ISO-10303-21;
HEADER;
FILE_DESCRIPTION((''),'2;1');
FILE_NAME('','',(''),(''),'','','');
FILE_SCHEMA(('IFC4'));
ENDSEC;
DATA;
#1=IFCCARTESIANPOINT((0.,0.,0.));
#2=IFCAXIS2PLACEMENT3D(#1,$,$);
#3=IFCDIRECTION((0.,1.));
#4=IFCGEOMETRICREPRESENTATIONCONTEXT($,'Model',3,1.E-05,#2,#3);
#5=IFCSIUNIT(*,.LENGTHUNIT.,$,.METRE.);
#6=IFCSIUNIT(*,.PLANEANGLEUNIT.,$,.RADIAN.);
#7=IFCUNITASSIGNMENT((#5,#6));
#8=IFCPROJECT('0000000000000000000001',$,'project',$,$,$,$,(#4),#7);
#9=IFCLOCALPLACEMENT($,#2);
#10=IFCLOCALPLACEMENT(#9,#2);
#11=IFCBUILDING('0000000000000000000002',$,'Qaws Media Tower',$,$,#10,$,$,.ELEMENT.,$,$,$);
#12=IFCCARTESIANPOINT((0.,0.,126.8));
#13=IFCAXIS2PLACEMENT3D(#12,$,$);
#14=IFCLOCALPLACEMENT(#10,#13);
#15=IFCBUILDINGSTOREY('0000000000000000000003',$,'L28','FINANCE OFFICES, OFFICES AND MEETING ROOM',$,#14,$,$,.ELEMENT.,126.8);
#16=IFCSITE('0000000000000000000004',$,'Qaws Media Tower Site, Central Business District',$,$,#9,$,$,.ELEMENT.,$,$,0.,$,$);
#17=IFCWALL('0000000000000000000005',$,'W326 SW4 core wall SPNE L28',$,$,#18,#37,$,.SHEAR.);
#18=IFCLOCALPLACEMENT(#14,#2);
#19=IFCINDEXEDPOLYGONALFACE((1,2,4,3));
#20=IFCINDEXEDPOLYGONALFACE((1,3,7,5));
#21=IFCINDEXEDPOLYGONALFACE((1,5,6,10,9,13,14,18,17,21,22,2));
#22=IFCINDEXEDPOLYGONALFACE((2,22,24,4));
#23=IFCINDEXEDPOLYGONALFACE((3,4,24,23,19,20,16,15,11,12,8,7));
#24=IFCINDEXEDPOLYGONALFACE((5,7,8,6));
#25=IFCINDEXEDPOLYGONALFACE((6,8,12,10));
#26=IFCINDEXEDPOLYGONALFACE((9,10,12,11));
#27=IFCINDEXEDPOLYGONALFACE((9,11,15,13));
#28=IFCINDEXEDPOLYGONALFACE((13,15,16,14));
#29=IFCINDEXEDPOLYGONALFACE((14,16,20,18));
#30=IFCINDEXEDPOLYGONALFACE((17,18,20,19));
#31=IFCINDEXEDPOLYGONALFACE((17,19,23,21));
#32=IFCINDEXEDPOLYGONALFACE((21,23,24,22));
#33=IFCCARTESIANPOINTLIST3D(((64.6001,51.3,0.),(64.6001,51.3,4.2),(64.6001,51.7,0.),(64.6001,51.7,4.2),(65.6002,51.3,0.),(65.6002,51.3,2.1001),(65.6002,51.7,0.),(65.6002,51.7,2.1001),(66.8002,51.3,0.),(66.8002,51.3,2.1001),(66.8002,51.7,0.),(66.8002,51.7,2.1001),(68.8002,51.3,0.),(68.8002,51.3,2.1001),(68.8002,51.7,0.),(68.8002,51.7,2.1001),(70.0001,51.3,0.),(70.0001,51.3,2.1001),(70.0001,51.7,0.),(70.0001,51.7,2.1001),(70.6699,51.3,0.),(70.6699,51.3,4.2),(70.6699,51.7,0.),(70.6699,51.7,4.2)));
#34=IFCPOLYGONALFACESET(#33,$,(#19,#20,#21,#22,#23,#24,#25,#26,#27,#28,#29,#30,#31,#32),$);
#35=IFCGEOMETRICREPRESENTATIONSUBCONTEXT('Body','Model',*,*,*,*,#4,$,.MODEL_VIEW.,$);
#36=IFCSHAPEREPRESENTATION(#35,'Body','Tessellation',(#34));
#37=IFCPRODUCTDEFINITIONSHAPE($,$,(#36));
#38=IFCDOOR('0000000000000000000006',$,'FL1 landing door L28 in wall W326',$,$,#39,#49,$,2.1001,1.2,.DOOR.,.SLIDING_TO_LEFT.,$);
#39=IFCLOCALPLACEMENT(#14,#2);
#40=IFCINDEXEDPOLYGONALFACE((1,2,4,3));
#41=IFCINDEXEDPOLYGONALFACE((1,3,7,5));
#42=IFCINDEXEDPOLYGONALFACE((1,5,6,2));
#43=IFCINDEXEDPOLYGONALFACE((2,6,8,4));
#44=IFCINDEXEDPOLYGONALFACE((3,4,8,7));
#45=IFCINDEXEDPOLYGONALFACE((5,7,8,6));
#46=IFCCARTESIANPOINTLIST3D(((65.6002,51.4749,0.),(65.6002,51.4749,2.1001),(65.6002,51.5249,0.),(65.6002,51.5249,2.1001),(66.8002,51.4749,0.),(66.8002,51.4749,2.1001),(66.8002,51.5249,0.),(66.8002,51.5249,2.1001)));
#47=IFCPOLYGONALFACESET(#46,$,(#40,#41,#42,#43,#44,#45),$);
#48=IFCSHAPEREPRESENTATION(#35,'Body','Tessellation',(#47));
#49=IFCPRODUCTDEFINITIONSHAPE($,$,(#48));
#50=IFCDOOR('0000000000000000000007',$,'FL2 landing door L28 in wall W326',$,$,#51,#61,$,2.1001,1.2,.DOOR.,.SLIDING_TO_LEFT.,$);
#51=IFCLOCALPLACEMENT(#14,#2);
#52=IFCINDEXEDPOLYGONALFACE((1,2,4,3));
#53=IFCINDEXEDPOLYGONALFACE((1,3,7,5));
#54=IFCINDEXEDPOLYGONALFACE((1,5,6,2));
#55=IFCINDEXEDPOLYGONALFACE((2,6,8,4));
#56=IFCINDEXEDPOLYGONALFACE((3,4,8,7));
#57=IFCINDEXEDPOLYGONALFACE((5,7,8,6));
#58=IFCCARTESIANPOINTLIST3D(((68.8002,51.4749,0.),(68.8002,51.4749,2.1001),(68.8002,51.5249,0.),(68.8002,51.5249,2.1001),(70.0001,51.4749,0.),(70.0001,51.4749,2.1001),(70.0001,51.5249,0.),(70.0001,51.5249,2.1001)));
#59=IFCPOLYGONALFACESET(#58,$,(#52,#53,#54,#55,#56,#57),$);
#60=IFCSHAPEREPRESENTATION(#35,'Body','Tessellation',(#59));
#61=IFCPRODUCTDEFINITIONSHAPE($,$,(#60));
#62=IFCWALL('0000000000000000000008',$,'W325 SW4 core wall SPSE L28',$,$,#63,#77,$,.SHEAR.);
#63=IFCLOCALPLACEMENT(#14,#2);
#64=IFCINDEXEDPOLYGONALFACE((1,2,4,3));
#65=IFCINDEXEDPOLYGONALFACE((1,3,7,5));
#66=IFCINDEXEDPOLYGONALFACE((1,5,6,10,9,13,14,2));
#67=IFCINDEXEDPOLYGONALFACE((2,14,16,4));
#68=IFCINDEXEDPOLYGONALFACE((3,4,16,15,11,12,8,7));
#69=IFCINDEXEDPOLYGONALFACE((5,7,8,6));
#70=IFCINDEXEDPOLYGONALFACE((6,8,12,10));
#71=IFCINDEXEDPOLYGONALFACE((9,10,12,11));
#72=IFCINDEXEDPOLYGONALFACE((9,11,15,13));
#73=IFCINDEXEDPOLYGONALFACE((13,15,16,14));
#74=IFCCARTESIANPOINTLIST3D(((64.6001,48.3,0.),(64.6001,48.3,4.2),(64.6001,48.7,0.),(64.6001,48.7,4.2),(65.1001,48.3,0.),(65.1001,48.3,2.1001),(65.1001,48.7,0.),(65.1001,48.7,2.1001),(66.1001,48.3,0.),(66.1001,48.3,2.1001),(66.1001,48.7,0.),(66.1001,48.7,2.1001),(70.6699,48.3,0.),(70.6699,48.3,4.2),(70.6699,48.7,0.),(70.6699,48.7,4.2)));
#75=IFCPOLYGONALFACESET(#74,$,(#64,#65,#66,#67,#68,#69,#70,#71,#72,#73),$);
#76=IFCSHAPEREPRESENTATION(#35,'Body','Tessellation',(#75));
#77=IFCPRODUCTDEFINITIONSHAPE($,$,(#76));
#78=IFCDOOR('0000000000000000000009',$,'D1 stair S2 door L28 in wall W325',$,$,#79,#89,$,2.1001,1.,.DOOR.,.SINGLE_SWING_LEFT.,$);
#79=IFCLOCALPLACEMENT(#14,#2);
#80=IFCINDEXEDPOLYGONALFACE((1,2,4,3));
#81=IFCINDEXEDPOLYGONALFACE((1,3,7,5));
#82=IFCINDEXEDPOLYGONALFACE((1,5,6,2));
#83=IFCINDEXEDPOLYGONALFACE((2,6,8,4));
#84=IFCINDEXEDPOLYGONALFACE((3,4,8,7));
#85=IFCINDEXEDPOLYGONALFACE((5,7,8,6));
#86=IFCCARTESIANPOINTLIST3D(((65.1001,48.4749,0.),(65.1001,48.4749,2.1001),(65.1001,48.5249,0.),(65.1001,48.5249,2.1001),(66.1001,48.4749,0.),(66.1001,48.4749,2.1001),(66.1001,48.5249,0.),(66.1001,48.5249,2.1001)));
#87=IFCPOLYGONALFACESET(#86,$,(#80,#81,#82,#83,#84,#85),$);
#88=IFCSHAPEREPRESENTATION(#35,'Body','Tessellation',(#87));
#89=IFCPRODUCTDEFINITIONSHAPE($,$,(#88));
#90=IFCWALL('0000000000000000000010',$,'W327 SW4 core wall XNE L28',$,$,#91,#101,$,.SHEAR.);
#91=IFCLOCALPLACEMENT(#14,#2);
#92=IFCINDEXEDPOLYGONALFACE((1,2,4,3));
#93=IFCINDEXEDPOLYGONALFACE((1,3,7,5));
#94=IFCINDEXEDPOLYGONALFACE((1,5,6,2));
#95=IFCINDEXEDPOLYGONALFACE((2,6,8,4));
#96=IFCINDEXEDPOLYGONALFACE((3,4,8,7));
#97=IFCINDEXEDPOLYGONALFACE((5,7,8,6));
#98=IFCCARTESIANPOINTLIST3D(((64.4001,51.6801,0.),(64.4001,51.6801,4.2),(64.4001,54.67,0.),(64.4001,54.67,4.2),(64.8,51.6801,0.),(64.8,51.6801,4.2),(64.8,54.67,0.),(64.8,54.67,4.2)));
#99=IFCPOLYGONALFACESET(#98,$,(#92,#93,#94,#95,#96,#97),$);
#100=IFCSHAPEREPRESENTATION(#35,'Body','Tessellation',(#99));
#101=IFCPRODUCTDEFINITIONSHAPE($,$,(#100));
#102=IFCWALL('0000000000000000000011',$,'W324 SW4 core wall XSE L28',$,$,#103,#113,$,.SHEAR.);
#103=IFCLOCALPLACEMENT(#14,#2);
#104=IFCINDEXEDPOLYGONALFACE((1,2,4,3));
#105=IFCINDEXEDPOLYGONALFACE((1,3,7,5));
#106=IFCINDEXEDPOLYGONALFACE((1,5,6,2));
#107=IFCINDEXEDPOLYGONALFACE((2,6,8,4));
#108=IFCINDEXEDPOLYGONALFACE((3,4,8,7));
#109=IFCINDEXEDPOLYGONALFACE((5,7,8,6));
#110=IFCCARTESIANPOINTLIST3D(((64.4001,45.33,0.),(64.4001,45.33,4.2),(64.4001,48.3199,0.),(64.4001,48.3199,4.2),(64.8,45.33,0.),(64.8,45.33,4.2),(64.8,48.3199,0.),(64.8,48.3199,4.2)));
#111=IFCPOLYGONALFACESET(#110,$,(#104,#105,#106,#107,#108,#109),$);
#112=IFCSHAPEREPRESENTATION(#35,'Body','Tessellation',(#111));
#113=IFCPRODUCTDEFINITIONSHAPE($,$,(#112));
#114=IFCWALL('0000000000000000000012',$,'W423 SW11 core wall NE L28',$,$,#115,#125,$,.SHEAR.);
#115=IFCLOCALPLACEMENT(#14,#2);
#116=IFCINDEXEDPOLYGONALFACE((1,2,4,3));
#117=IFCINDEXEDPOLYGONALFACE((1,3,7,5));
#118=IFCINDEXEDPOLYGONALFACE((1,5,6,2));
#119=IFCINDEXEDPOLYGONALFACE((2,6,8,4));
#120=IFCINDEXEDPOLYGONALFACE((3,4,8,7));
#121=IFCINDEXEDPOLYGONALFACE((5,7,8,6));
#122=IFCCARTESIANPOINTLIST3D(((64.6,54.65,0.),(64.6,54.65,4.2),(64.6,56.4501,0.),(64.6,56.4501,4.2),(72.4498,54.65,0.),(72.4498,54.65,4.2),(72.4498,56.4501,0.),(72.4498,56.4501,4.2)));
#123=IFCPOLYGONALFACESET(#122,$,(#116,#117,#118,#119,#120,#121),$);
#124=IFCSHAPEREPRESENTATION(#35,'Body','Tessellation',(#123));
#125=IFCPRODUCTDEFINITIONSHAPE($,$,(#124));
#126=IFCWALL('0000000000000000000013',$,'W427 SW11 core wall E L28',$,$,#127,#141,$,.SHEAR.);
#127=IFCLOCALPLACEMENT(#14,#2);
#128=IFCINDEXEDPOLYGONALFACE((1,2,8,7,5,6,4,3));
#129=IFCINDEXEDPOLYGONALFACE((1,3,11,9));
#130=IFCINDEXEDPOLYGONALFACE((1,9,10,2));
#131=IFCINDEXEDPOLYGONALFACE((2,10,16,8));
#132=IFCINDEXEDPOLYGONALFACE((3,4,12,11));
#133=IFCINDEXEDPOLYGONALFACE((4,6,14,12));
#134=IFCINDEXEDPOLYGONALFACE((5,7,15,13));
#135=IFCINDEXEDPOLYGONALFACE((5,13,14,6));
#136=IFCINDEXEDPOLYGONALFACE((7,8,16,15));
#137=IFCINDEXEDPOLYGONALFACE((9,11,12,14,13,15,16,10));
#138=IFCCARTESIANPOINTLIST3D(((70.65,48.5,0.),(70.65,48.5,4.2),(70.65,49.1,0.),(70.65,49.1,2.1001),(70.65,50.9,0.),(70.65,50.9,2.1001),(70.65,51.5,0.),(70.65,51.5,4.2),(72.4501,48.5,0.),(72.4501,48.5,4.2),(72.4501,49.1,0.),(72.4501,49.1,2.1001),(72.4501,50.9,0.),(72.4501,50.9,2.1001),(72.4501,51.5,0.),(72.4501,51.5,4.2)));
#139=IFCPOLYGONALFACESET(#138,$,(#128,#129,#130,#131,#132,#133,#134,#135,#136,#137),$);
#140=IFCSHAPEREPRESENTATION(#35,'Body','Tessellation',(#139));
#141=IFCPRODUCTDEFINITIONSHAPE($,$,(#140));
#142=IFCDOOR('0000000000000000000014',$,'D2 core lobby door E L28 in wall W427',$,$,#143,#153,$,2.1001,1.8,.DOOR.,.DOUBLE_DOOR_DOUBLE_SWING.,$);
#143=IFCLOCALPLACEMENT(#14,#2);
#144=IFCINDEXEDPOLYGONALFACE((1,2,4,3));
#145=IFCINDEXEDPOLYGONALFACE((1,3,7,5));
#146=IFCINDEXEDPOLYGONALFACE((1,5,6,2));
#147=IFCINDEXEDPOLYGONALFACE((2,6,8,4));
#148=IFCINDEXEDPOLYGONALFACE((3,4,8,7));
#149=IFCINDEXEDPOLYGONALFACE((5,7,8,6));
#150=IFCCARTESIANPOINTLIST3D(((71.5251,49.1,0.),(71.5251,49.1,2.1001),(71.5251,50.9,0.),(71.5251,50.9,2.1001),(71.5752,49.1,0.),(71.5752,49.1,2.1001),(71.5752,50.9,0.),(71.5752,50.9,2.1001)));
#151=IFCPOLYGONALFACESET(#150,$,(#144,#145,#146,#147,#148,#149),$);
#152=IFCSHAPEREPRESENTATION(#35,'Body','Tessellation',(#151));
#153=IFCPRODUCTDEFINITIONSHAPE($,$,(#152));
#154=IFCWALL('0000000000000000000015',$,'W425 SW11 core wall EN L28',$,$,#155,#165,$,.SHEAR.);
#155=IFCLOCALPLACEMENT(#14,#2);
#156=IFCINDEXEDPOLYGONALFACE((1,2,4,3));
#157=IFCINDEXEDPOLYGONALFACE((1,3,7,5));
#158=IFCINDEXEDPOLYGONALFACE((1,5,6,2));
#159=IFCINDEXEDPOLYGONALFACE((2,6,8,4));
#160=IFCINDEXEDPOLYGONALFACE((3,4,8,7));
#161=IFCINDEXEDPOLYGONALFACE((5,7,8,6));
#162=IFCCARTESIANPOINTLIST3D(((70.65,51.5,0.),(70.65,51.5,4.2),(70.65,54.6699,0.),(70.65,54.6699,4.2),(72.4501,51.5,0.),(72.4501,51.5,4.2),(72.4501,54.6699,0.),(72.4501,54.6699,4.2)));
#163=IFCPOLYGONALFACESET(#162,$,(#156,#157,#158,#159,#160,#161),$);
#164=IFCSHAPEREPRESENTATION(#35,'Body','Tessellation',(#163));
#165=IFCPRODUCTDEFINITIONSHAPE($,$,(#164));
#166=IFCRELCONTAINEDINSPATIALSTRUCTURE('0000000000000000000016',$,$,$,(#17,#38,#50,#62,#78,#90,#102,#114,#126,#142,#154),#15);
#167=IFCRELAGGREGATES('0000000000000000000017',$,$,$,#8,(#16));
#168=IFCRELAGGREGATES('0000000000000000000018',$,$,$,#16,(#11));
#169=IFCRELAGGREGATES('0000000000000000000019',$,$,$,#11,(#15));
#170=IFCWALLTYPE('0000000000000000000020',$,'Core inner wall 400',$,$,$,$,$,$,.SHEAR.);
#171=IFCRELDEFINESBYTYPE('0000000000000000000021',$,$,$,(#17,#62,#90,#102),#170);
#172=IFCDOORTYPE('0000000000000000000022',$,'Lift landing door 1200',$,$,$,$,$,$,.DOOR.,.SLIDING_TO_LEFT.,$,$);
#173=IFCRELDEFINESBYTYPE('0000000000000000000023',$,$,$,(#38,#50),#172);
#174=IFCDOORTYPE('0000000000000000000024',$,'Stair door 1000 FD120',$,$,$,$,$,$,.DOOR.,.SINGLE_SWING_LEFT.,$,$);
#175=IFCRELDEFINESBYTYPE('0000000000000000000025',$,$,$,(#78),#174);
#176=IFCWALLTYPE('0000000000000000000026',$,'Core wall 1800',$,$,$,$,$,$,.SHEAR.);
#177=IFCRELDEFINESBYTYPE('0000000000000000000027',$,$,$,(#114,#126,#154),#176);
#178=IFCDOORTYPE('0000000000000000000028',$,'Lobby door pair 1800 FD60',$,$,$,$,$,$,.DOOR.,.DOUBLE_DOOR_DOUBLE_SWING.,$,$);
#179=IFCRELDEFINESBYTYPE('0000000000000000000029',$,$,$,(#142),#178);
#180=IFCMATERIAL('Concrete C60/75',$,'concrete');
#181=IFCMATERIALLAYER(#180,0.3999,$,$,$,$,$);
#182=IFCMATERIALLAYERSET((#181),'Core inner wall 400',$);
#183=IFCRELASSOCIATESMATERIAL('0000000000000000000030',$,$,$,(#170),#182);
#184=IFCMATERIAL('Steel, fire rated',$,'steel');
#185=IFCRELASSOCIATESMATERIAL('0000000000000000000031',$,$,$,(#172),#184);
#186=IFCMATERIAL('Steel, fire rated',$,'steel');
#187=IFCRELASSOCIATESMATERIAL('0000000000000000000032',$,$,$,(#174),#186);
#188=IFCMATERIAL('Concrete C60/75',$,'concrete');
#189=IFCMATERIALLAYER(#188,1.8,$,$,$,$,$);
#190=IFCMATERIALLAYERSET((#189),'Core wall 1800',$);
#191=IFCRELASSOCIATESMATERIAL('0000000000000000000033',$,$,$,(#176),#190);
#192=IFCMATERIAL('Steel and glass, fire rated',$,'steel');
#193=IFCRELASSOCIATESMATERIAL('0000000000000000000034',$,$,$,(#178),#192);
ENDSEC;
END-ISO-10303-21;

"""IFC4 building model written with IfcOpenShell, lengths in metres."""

from ifc_helpers import new_model, si_unit, direction, frame, frame_2d, origin, place, context, subcontext, project, spatial, rectangle, extrude, material, layer, layer_set, type_object, element, fill, save


model = new_model("IFC4")

# Units and contexts
model_context = context("Model", 3, precision=1e-05, world=origin(), true_north=direction((0.0, 1.0)))
body_context = subcontext(model_context, "Body", "Model", "MODEL_VIEW")
ifc_project = project(units=[si_unit("LENGTHUNIT", "METRE"), si_unit("PLANEANGLEUNIT", "RADIAN")], contexts=[model_context])

# Site, building, storey
site_placement = place(None, origin())
site = spatial("IfcSite", under=ifc_project, at=site_placement, Name="Qaws Media Tower Site, Central Business District", CompositionType="ELEMENT", RefElevation=0.0)
building_placement = place(site_placement, origin())
building = spatial("IfcBuilding", under=site, at=building_placement, Name="Qaws Media Tower", CompositionType="ELEMENT")
storey_placement = place(building_placement, frame((0.0, 0.0, 126.8)))
storey = spatial("IfcBuildingStorey", under=building, at=storey_placement, Name="L28", Description="FINANCE OFFICES, OFFICES AND MEETING ROOM", CompositionType="ELEMENT", Elevation=126.8)

# Wall, openings, doors
ifc_material_1 = material(Name="Concrete C60/75", Category="concrete")
ifc_layer_1 = layer(ifc_material_1, 0.3999)
ifc_layer_set_1 = layer_set([ifc_layer_1], Name="Core inner wall 400")
wall_type_1 = type_object("IfcWallType", Name="Core inner wall 400", PredefinedType="SHEAR", material=ifc_layer_set_1)
wall_1_placement = place(storey_placement, frame((64.6001, 51.5, 0.0), z_axis=(0.0, 0.0, 1.0), x_axis=(1.0, 0.0, 0.0)))
wall_1 = element("IfcWall", 1, at=wall_1_placement, inside=storey, type_object=wall_type_1, Name="W326 SW4 core wall SPNE L28", PredefinedType="SHEAR", context=body_context, shape_type="SweptSolid", body=[
    extrude(rectangle(XDim=6.0698, YDim=0.3999, at=frame_2d((3.0349, 0.0))), origin(), (0.0, 0.0, 1.0), 4.2),
])
opening_1_placement = place(wall_1_placement, frame((1.0, 0.0, 0.0)))
opening_1 = element("IfcOpeningElement", 2, at=opening_1_placement, cuts=wall_1, PredefinedType="OPENING", context=body_context, shape_type="SweptSolid", body=[
    extrude(rectangle(XDim=1.2, YDim=2.1001, at=frame_2d((0.6001, 1.05))), frame((0.0, 0.21, 0.0), z_axis=(0.0, -1.0, 0.0), x_axis=(1.0, 0.0, 0.0)), (0.0, 0.0, 1.0), 0.4199),
])
opening_2_placement = place(wall_1_placement, frame((4.2, 0.0, 0.0)))
opening_2 = element("IfcOpeningElement", 3, at=opening_2_placement, cuts=wall_1, PredefinedType="OPENING", context=body_context, shape_type="SweptSolid", body=[
    extrude(rectangle(XDim=1.2, YDim=2.1001, at=frame_2d((0.6001, 1.05))), frame((0.0, 0.21, 0.0), z_axis=(0.0, -1.0, 0.0), x_axis=(1.0, 0.0, 0.0)), (0.0, 0.0, 1.0), 0.4199),
])
ifc_material_2 = material(Name="Steel, fire rated", Category="steel")
door_type_1 = type_object("IfcDoorType", Name="Lift landing door 1200", OperationType="SLIDING_TO_LEFT", PredefinedType="DOOR", material=ifc_material_2)
door_1_placement = place(opening_1_placement, origin())
door_1 = element("IfcDoor", 4, at=door_1_placement, inside=storey, type_object=door_type_1, Name="FL1 landing door L28 in wall W326", OperationType="SLIDING_TO_LEFT", OverallHeight=2.1001, OverallWidth=1.2, PredefinedType="DOOR", context=body_context, shape_type="SweptSolid", body=[
    extrude(rectangle(XDim=1.2, YDim=2.1001, at=frame_2d((0.6001, 1.05))), frame((0.0, 0.0249, 0.0), z_axis=(0.0, -1.0, 0.0), x_axis=(1.0, 0.0, 0.0)), (0.0, 0.0, 1.0), 0.05),
])
fill(opening_1, door_1)
door_2_placement = place(opening_2_placement, origin())
door_2 = element("IfcDoor", 5, at=door_2_placement, inside=storey, type_object=door_type_1, Name="FL2 landing door L28 in wall W326", OperationType="SLIDING_TO_LEFT", OverallHeight=2.1001, OverallWidth=1.2, PredefinedType="DOOR", context=body_context, shape_type="SweptSolid", body=[
    extrude(rectangle(XDim=1.2, YDim=2.1001, at=frame_2d((0.6001, 1.05))), frame((0.0, 0.0249, 0.0), z_axis=(0.0, -1.0, 0.0), x_axis=(1.0, 0.0, 0.0)), (0.0, 0.0, 1.0), 0.05),
])
fill(opening_2, door_2)

# Wall, opening, door
wall_2_placement = place(storey_placement, frame((64.6001, 48.5, 0.0), z_axis=(0.0, 0.0, 1.0), x_axis=(1.0, 0.0, 0.0)))
wall_2 = element("IfcWall", 6, at=wall_2_placement, inside=storey, type_object=wall_type_1, Name="W325 SW4 core wall SPSE L28", PredefinedType="SHEAR", context=body_context, shape_type="SweptSolid", body=[
    extrude(rectangle(XDim=6.0698, YDim=0.3999, at=frame_2d((3.0349, 0.0))), origin(), (0.0, 0.0, 1.0), 4.2),
])
opening_3_placement = place(wall_2_placement, frame((0.5, 0.0, 0.0)))
opening_3 = element("IfcOpeningElement", 7, at=opening_3_placement, cuts=wall_2, PredefinedType="OPENING", context=body_context, shape_type="SweptSolid", body=[
    extrude(rectangle(XDim=1.0, YDim=2.1001, at=frame_2d((0.5, 1.05))), frame((0.0, 0.21, 0.0), z_axis=(0.0, -1.0, 0.0), x_axis=(1.0, 0.0, 0.0)), (0.0, 0.0, 1.0), 0.4199),
])
ifc_material_3 = material(Name="Steel, fire rated", Category="steel")
door_type_2 = type_object("IfcDoorType", Name="Stair door 1000 FD120", OperationType="SINGLE_SWING_LEFT", PredefinedType="DOOR", material=ifc_material_3)
door_3_placement = place(opening_3_placement, origin())
door_3 = element("IfcDoor", 8, at=door_3_placement, inside=storey, type_object=door_type_2, Name="D1 stair S2 door L28 in wall W325", OperationType="SINGLE_SWING_LEFT", OverallHeight=2.1001, OverallWidth=1.0, PredefinedType="DOOR", context=body_context, shape_type="SweptSolid", body=[
    extrude(rectangle(XDim=1.0, YDim=2.1001, at=frame_2d((0.5, 1.05))), frame((0.0, 0.0249, 0.0), z_axis=(0.0, -1.0, 0.0), x_axis=(1.0, 0.0, 0.0)), (0.0, 0.0, 1.0), 0.05),
])
fill(opening_3, door_3)

# Walls
for number, where, z_axis, x_axis, name in (
    (9, (64.6001, 51.6799, 0.0), (0.0, 0.0, 1.0), (0.0, 1.0, 0.0), "W327 SW4 core wall XNE L28"),
    (10, (64.6001, 48.3201, 0.0), (0.0, 0.0, 1.0), (0.0, -1.0, 0.0), "W324 SW4 core wall XSE L28"),
):
    element("IfcWall", number, at=place(storey_placement, frame(where, z_axis=z_axis, x_axis=x_axis)), inside=storey, type_object=wall_type_1, Name=name, PredefinedType="SHEAR", context=body_context, shape_type="SweptSolid", body=[
        extrude(rectangle(XDim=2.99, YDim=0.3999, at=frame_2d((1.4951, 0.0))), origin(), (0.0, 0.0, 1.0), 4.2),
    ])
ifc_material_4 = material(Name="Concrete C60/75", Category="concrete")
ifc_layer_2 = layer(ifc_material_4, 1.8)
ifc_layer_set_2 = layer_set([ifc_layer_2], Name="Core wall 1800")
wall_type_2 = type_object("IfcWallType", Name="Core wall 1800", PredefinedType="SHEAR", material=ifc_layer_set_2)
wall_3_placement = place(storey_placement, frame((64.6001, 55.55, 0.0), z_axis=(0.0, 0.0, 1.0), x_axis=(1.0, 0.0, 0.0)))
element("IfcWall", 11, at=wall_3_placement, inside=storey, type_object=wall_type_2, Name="W423 SW11 core wall NE L28", PredefinedType="SHEAR", context=body_context, shape_type="SweptSolid", body=[
    extrude(rectangle(XDim=7.8499, YDim=1.8, at=frame_2d((3.9248, 0.0))), origin(), (0.0, 0.0, 1.0), 4.2),
])

# Wall, opening, door
wall_4_placement = place(storey_placement, frame((71.55, 48.5, 0.0), z_axis=(0.0, 0.0, 1.0), x_axis=(0.0, 1.0, 0.0)))
wall_4 = element("IfcWall", 12, at=wall_4_placement, inside=storey, type_object=wall_type_2, Name="W427 SW11 core wall E L28", PredefinedType="SHEAR", context=body_context, shape_type="SweptSolid", body=[
    extrude(rectangle(XDim=3.0, YDim=1.8, at=frame_2d((1.5, 0.0))), origin(), (0.0, 0.0, 1.0), 4.2),
])
opening_4_placement = place(wall_4_placement, frame((0.6001, 0.0, 0.0)))
opening_4 = element("IfcOpeningElement", 13, at=opening_4_placement, cuts=wall_4, PredefinedType="OPENING", context=body_context, shape_type="SweptSolid", body=[
    extrude(rectangle(XDim=1.8, YDim=2.1001, at=frame_2d((0.8999, 1.05))), frame((0.0, 0.9099, 0.0), z_axis=(0.0, -1.0, 0.0), x_axis=(1.0, 0.0, 0.0)), (0.0, 0.0, 1.0), 1.8201),
])
ifc_material_5 = material(Name="Steel and glass, fire rated", Category="steel")
door_type_3 = type_object("IfcDoorType", Name="Lobby door pair 1800 FD60", OperationType="DOUBLE_DOOR_DOUBLE_SWING", PredefinedType="DOOR", material=ifc_material_5)
door_4_placement = place(opening_4_placement, origin())
door_4 = element("IfcDoor", 14, at=door_4_placement, inside=storey, type_object=door_type_3, Name="D2 core lobby door E L28 in wall W427", OperationType="DOUBLE_DOOR_DOUBLE_SWING", OverallHeight=2.1001, OverallWidth=1.8, PredefinedType="DOOR", context=body_context, shape_type="SweptSolid", body=[
    extrude(rectangle(XDim=1.8, YDim=2.1001, at=frame_2d((0.8999, 1.05))), frame((0.0, 0.0249, 0.0), z_axis=(0.0, -1.0, 0.0), x_axis=(1.0, 0.0, 0.0)), (0.0, 0.0, 1.0), 0.05),
])
fill(opening_4, door_4)

# Wall
wall_5_placement = place(storey_placement, frame((71.55, 51.5, 0.0), z_axis=(0.0, 0.0, 1.0), x_axis=(0.0, 1.0, 0.0)))
element("IfcWall", 15, at=wall_5_placement, inside=storey, type_object=wall_type_2, Name="W425 SW11 core wall EN L28", PredefinedType="SHEAR", context=body_context, shape_type="SweptSolid", body=[
    extrude(rectangle(XDim=3.1699, YDim=1.8, at=frame_2d((1.585, 0.0))), origin(), (0.0, 0.0, 1.0), 4.2),
])

save(model, "model.ifc")
